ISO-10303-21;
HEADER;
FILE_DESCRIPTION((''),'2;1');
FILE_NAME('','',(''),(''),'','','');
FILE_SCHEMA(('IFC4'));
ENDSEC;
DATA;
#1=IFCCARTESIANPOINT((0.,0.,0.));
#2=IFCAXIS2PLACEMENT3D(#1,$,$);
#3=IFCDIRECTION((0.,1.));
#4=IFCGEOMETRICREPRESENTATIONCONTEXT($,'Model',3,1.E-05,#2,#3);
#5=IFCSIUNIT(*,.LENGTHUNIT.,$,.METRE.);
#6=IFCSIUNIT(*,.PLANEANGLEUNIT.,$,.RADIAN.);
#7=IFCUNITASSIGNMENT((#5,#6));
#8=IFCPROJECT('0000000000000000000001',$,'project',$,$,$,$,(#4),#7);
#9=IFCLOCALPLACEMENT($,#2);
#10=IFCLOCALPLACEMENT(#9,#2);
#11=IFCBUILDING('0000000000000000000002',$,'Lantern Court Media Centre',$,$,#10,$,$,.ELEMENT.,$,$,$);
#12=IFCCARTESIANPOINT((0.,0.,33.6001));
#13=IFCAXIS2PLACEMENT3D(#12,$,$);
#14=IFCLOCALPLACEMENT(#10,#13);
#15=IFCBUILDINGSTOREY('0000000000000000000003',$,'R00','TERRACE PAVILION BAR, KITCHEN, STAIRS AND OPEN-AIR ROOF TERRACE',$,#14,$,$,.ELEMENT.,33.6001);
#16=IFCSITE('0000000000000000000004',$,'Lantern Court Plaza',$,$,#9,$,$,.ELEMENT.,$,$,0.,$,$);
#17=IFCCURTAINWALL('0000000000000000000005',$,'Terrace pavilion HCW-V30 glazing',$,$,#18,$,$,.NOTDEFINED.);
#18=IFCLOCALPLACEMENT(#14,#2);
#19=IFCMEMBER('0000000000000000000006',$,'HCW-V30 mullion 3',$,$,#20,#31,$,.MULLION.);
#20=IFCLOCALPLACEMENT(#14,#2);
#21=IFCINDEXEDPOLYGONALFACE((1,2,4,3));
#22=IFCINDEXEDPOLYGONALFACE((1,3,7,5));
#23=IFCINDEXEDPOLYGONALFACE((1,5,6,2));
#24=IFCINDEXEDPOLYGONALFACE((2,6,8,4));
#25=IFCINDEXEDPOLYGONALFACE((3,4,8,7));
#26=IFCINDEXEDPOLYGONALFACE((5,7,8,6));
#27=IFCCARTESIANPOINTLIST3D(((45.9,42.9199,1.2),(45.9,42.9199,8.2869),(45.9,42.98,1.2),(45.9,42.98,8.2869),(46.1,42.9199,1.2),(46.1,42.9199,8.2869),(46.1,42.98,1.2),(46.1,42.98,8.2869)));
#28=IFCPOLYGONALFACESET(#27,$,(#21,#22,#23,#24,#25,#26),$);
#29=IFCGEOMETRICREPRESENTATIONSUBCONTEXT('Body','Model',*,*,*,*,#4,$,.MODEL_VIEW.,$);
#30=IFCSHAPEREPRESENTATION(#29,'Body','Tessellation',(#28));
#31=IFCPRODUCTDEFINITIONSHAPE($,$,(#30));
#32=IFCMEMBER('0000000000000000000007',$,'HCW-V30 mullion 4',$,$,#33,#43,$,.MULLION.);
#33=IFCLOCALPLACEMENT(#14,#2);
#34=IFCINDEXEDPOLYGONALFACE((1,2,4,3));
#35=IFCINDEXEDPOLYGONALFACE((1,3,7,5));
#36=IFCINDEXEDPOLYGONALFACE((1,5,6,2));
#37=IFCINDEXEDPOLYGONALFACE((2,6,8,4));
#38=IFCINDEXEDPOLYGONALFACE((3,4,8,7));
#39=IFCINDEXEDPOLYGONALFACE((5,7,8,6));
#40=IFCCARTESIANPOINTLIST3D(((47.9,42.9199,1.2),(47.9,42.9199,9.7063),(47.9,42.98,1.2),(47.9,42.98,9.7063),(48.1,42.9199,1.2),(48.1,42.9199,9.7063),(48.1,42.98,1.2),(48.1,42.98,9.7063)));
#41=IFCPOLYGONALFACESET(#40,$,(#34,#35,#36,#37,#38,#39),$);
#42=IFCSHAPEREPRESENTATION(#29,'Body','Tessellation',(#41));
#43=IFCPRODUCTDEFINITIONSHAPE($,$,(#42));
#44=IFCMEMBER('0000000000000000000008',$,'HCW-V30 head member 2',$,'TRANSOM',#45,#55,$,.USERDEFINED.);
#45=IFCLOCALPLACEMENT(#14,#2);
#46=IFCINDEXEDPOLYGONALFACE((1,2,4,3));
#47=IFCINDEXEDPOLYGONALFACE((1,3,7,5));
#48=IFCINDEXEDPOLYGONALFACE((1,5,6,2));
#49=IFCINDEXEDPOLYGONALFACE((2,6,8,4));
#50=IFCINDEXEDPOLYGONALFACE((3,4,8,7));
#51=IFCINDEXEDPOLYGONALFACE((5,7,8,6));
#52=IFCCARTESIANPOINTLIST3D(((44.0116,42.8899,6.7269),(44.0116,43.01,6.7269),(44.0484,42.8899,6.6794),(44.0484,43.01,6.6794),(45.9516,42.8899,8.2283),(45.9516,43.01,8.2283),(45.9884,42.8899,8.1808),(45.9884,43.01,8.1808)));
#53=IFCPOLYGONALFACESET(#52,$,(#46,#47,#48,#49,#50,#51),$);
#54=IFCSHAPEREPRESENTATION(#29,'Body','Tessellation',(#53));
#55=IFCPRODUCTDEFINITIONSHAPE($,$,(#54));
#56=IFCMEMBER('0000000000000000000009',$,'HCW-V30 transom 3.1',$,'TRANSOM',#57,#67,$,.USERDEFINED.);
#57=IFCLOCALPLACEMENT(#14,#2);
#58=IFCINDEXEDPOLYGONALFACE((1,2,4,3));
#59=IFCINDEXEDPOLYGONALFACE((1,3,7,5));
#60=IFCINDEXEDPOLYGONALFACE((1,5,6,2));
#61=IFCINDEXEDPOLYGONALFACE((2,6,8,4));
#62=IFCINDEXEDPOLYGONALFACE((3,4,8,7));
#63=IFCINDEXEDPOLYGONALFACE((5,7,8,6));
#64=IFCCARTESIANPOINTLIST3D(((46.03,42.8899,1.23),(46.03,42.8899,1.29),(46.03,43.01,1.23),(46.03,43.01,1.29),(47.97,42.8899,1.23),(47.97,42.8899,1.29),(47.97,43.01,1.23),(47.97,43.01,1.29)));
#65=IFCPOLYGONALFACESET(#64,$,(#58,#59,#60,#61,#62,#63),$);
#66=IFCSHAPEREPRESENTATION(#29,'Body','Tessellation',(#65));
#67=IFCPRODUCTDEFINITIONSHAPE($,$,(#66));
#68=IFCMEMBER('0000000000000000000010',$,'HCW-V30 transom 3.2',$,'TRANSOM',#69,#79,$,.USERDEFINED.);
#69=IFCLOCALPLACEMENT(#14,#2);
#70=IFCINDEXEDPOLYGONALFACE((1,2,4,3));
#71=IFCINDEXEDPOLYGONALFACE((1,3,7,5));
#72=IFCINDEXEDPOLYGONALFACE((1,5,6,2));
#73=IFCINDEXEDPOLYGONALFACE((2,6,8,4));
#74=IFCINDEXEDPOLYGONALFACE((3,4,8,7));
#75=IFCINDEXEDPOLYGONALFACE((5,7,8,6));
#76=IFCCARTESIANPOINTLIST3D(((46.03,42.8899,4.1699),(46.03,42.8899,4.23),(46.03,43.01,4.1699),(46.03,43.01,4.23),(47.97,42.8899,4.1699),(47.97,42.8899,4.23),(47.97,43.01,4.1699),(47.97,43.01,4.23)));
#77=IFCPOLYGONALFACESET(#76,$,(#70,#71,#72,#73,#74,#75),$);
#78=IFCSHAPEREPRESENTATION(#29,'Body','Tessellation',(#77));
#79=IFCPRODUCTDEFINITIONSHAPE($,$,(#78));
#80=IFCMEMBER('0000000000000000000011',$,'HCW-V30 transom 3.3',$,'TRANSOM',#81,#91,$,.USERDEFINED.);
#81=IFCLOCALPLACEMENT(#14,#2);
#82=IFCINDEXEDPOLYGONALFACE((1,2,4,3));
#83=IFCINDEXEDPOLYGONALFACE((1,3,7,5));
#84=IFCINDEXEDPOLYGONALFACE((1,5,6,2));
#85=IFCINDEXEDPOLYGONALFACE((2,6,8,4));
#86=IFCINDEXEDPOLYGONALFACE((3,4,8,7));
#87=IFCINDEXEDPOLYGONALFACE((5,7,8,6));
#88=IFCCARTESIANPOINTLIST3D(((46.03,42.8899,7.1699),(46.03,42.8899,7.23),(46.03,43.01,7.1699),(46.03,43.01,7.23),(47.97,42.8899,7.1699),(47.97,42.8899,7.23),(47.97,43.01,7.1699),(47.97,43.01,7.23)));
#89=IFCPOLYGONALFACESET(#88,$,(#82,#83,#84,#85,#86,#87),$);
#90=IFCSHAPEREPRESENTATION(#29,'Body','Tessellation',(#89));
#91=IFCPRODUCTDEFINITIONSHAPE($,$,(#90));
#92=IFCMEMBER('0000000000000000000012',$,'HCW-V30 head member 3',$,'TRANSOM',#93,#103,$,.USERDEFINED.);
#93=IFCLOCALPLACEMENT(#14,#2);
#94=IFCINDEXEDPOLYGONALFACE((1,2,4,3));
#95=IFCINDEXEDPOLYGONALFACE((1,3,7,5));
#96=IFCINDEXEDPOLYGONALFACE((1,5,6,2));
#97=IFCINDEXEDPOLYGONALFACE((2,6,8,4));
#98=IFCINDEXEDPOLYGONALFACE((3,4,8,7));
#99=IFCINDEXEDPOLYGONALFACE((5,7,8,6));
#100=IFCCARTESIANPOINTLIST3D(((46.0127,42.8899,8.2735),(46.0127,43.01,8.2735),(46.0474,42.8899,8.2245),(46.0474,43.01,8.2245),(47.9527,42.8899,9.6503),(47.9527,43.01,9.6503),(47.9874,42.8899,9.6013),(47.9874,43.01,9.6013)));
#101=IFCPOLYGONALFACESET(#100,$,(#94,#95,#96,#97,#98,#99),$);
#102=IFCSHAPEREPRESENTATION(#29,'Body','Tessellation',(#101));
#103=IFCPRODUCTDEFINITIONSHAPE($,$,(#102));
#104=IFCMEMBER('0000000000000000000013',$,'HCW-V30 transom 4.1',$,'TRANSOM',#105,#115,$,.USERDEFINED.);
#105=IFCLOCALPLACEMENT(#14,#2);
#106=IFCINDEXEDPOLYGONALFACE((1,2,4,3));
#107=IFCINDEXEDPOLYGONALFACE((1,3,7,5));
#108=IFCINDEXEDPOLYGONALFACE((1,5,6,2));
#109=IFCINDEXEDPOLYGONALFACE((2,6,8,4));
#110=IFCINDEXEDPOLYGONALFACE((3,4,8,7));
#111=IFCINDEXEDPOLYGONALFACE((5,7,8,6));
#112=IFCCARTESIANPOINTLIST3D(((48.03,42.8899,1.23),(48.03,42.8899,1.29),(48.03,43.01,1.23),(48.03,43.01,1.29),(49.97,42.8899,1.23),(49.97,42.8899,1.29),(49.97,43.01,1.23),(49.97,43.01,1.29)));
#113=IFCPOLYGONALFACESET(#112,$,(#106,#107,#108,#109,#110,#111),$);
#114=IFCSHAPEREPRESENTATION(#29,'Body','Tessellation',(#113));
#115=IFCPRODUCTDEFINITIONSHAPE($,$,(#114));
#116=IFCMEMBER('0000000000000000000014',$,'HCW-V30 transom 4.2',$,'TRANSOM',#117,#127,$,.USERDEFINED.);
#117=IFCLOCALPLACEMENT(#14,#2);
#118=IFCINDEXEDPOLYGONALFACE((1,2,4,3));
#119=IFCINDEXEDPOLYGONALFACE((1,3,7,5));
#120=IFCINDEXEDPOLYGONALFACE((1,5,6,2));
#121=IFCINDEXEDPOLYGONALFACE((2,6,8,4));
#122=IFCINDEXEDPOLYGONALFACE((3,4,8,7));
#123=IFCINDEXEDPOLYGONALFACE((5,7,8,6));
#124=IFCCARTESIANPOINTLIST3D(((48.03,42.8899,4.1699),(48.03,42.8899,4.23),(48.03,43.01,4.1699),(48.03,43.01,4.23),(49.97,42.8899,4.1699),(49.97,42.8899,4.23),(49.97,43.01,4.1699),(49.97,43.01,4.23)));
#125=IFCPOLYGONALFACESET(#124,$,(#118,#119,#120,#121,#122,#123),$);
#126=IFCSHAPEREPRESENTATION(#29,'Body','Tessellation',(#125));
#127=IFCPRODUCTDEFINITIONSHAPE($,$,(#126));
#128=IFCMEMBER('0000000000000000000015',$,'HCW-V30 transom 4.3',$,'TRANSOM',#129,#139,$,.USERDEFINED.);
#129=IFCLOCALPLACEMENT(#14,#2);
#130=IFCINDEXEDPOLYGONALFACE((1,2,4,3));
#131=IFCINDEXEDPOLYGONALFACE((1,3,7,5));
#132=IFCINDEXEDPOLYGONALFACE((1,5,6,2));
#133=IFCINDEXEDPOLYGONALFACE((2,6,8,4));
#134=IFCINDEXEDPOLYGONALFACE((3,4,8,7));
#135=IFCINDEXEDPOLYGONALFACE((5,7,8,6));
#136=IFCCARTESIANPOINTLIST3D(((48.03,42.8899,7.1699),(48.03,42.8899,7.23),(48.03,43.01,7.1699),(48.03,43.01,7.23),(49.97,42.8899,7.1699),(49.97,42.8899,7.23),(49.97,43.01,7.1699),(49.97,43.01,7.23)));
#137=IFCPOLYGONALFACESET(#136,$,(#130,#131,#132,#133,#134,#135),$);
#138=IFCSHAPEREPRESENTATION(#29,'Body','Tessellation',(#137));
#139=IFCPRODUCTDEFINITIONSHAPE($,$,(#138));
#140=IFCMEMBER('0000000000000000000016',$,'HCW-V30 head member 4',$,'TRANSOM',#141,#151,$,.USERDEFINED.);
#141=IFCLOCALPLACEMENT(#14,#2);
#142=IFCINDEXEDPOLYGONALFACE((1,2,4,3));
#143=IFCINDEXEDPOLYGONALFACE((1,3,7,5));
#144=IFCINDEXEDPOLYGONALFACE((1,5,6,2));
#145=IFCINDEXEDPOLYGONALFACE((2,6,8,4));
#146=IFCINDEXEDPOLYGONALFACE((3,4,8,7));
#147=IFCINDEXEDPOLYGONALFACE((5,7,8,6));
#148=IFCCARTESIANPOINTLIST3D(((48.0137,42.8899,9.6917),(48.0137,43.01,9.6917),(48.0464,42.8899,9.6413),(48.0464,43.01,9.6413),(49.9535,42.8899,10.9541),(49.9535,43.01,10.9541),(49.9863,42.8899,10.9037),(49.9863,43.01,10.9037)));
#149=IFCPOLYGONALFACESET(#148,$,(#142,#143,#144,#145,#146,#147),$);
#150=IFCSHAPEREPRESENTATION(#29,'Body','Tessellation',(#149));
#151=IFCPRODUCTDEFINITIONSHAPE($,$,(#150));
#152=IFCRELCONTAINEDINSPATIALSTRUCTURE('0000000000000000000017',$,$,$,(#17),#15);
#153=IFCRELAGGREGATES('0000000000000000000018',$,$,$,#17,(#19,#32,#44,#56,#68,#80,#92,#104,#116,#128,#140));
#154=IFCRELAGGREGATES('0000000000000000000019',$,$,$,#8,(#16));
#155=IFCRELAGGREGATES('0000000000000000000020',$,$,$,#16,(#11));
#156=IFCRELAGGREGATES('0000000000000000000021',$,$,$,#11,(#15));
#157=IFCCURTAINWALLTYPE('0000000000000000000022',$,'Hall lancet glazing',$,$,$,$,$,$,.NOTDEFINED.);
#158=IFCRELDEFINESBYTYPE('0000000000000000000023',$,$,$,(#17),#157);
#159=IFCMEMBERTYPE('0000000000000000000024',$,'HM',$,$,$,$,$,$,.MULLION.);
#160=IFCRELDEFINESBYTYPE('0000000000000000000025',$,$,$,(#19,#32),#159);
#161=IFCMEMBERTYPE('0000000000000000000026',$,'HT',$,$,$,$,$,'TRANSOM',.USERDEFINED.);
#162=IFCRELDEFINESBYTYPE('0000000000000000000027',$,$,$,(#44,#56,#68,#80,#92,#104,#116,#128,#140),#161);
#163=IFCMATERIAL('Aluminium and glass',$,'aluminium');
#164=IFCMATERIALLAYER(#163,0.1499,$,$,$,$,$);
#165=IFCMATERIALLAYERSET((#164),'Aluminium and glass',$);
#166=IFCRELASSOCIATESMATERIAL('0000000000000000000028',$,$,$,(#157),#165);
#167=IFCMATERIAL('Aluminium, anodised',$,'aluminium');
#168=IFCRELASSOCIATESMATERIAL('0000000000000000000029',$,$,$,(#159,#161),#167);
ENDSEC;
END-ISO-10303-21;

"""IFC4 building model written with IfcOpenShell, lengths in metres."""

from ifc_helpers import new_model, si_unit, direction, frame, origin, origin_2d, place, context, subcontext, project, spatial, rectangle, extrude, material, layer, layer_set, material_profile, profile_set, type_object, element, aggregate, save


model = new_model("IFC4")

# Units and contexts
model_context = context("Model", 3, precision=1e-05, world=origin(), true_north=direction((0.0, 1.0)))
body_context = subcontext(model_context, "Body", "Model", "MODEL_VIEW")
ifc_project = project(units=[si_unit("LENGTHUNIT", "METRE"), si_unit("PLANEANGLEUNIT", "RADIAN")], contexts=[model_context])

# Site, building, storey
site_placement = place(None, origin())
site = spatial("IfcSite", under=ifc_project, at=site_placement, Name="Lantern Court Plaza", CompositionType="ELEMENT", RefElevation=0.0)
building_placement = place(site_placement, origin())
building = spatial("IfcBuilding", under=site, at=building_placement, Name="Lantern Court Media Centre", CompositionType="ELEMENT")
storey_placement = place(building_placement, frame((0.0, 0.0, 33.6001)))
storey = spatial("IfcBuildingStorey", under=building, at=storey_placement, Name="R00", Description="TERRACE PAVILION BAR, KITCHEN, STAIRS AND OPEN-AIR ROOF TERRACE", CompositionType="ELEMENT", Elevation=33.6001)

# Curtain wall, members
ifc_material_1 = material(Name="Aluminium and glass", Category="aluminium")
ifc_layer_1 = layer(ifc_material_1, 0.1499)
ifc_layer_set_1 = layer_set([ifc_layer_1], Name="Aluminium and glass")
curtain_wall_type = type_object("IfcCurtainWallType", Name="Hall lancet glazing", PredefinedType="NOTDEFINED", material=ifc_layer_set_1)
curtain_wall_placement = place(storey_placement, origin())
curtain_wall = element("IfcCurtainWall", 1, at=curtain_wall_placement, inside=storey, type_object=curtain_wall_type, Name="Terrace pavilion HCW-V30 glazing", PredefinedType="NOTDEFINED")
ifc_material_2 = material(Name="Aluminium, anodised", Category="aluminium")
ifc_material_profile_1 = material_profile(ifc_material_2, rectangle(XDim=0.0601, YDim=0.2, at=origin_2d()), Name="HM")
ifc_profile_set_1 = profile_set([ifc_material_profile_1], Name="Aluminium, anodised")
member_type_1 = type_object("IfcMemberType", Name="HM", PredefinedType="MULLION", material=ifc_profile_set_1)
member_1_placement = place(storey_placement, frame((46.0, 42.95, 1.2), z_axis=(0.0, 0.0, 1.0), x_axis=(0.0, 1.0, 0.0)))
member_1 = element("IfcMember", 2, at=member_1_placement, type_object=member_type_1, Name="HCW-V30 mullion 3", PredefinedType="MULLION", context=body_context, shape_type="SweptSolid", body=[
    extrude(rectangle(XDim=0.0601, YDim=0.2, at=origin_2d()), origin(), (0.0, 0.0, 1.0), 7.0869),
])
member_2_placement = place(storey_placement, frame((48.0, 42.95, 1.2), z_axis=(0.0, 0.0, 1.0), x_axis=(0.0, 1.0, 0.0)))
member_2 = element("IfcMember", 3, at=member_2_placement, type_object=member_type_1, Name="HCW-V30 mullion 4", PredefinedType="MULLION", context=body_context, shape_type="SweptSolid", body=[
    extrude(rectangle(XDim=0.0601, YDim=0.2, at=origin_2d()), origin(), (0.0, 0.0, 1.0), 8.5063),
])
ifc_material_profile_2 = material_profile(ifc_material_2, rectangle(XDim=0.1201, YDim=0.0601, at=origin_2d()), Name="HT")
ifc_profile_set_2 = profile_set([ifc_material_profile_2], Name="Aluminium, anodised")
member_type_2 = type_object("IfcMemberType", Name="HT", ElementType="TRANSOM", PredefinedType="USERDEFINED", material=ifc_profile_set_2)
member_3_placement = place(storey_placement, frame((44.03, 42.95, 6.7031), z_axis=(0.790808, 0.0, 0.612065), x_axis=(0.0, 1.0, 0.0)))
member_3 = element("IfcMember", 4, at=member_3_placement, type_object=member_type_2, Name="HCW-V30 head member 2", ObjectType="TRANSOM", PredefinedType="USERDEFINED", context=body_context, shape_type="SweptSolid", body=[
    extrude(rectangle(XDim=0.1201, YDim=0.0601, at=origin_2d()), origin(), (0.0, 0.0, 1.0), 2.4531),
])
member_4_placement = place(storey_placement, frame((46.03, 42.95, 1.26), z_axis=(1.0, 0.0, 0.0), x_axis=(0.0, 1.0, 0.0)))
member_4 = element("IfcMember", 5, at=member_4_placement, type_object=member_type_2, Name="HCW-V30 transom 3.1", ObjectType="TRANSOM", PredefinedType="USERDEFINED", context=body_context, shape_type="SweptSolid", body=[
    extrude(rectangle(XDim=0.1201, YDim=0.0601, at=origin_2d()), origin(), (0.0, 0.0, 1.0), 1.9399),
])
member_5_placement = place(storey_placement, frame((46.03, 42.95, 4.2), z_axis=(1.0, 0.0, 0.0), x_axis=(0.0, 1.0, 0.0)))
member_5 = element("IfcMember", 6, at=member_5_placement, type_object=member_type_2, Name="HCW-V30 transom 3.2", ObjectType="TRANSOM", PredefinedType="USERDEFINED", context=body_context, shape_type="SweptSolid", body=[
    extrude(rectangle(XDim=0.1201, YDim=0.0601, at=origin_2d()), origin(), (0.0, 0.0, 1.0), 1.9399),
])
member_6_placement = place(storey_placement, frame((46.03, 42.95, 7.2), z_axis=(1.0, 0.0, 0.0), x_axis=(0.0, 1.0, 0.0)))
member_6 = element("IfcMember", 7, at=member_6_placement, type_object=member_type_2, Name="HCW-V30 transom 3.3", ObjectType="TRANSOM", PredefinedType="USERDEFINED", context=body_context, shape_type="SweptSolid", body=[
    extrude(rectangle(XDim=0.1201, YDim=0.0601, at=origin_2d()), origin(), (0.0, 0.0, 1.0), 1.9399),
])
member_7_placement = place(storey_placement, frame((46.03, 42.95, 8.249), z_axis=(0.815512, 0.0, 0.57874), x_axis=(0.0, 1.0, 0.0)))
member_7 = element("IfcMember", 8, at=member_7_placement, type_object=member_type_2, Name="HCW-V30 head member 3", ObjectType="TRANSOM", PredefinedType="USERDEFINED", context=body_context, shape_type="SweptSolid", body=[
    extrude(rectangle(XDim=0.1201, YDim=0.0601, at=origin_2d()), origin(), (0.0, 0.0, 1.0), 2.3789),
])
member_8_placement = place(storey_placement, frame((48.03, 42.95, 1.26), z_axis=(1.0, 0.0, 0.0), x_axis=(0.0, 1.0, 0.0)))
member_8 = element("IfcMember", 9, at=member_8_placement, type_object=member_type_2, Name="HCW-V30 transom 4.1", ObjectType="TRANSOM", PredefinedType="USERDEFINED", context=body_context, shape_type="SweptSolid", body=[
    extrude(rectangle(XDim=0.1201, YDim=0.0601, at=origin_2d()), origin(), (0.0, 0.0, 1.0), 1.9399),
])
member_9_placement = place(storey_placement, frame((48.03, 42.95, 4.2), z_axis=(1.0, 0.0, 0.0), x_axis=(0.0, 1.0, 0.0)))
member_9 = element("IfcMember", 10, at=member_9_placement, type_object=member_type_2, Name="HCW-V30 transom 4.2", ObjectType="TRANSOM", PredefinedType="USERDEFINED", context=body_context, shape_type="SweptSolid", body=[
    extrude(rectangle(XDim=0.1201, YDim=0.0601, at=origin_2d()), origin(), (0.0, 0.0, 1.0), 1.9399),
])
member_10_placement = place(storey_placement, frame((48.03, 42.95, 7.2), z_axis=(1.0, 0.0, 0.0), x_axis=(0.0, 1.0, 0.0)))
member_10 = element("IfcMember", 11, at=member_10_placement, type_object=member_type_2, Name="HCW-V30 transom 4.3", ObjectType="TRANSOM", PredefinedType="USERDEFINED", context=body_context, shape_type="SweptSolid", body=[
    extrude(rectangle(XDim=0.1201, YDim=0.0601, at=origin_2d()), origin(), (0.0, 0.0, 1.0), 1.9399),
])
member_11_placement = place(storey_placement, frame((48.03, 42.95, 9.6665), z_axis=(0.838149, 0.0, 0.545441), x_axis=(0.0, 1.0, 0.0)))
member_11 = element("IfcMember", 12, at=member_11_placement, type_object=member_type_2, Name="HCW-V30 head member 4", ObjectType="TRANSOM", PredefinedType="USERDEFINED", context=body_context, shape_type="SweptSolid", body=[
    extrude(rectangle(XDim=0.1201, YDim=0.0601, at=origin_2d()), origin(), (0.0, 0.0, 1.0), 2.3145),
])

aggregate(curtain_wall, [member_1, member_2, member_3, member_4, member_5, member_6, member_7, member_8, member_9, member_10, member_11])

save(model, "model.ifc")
